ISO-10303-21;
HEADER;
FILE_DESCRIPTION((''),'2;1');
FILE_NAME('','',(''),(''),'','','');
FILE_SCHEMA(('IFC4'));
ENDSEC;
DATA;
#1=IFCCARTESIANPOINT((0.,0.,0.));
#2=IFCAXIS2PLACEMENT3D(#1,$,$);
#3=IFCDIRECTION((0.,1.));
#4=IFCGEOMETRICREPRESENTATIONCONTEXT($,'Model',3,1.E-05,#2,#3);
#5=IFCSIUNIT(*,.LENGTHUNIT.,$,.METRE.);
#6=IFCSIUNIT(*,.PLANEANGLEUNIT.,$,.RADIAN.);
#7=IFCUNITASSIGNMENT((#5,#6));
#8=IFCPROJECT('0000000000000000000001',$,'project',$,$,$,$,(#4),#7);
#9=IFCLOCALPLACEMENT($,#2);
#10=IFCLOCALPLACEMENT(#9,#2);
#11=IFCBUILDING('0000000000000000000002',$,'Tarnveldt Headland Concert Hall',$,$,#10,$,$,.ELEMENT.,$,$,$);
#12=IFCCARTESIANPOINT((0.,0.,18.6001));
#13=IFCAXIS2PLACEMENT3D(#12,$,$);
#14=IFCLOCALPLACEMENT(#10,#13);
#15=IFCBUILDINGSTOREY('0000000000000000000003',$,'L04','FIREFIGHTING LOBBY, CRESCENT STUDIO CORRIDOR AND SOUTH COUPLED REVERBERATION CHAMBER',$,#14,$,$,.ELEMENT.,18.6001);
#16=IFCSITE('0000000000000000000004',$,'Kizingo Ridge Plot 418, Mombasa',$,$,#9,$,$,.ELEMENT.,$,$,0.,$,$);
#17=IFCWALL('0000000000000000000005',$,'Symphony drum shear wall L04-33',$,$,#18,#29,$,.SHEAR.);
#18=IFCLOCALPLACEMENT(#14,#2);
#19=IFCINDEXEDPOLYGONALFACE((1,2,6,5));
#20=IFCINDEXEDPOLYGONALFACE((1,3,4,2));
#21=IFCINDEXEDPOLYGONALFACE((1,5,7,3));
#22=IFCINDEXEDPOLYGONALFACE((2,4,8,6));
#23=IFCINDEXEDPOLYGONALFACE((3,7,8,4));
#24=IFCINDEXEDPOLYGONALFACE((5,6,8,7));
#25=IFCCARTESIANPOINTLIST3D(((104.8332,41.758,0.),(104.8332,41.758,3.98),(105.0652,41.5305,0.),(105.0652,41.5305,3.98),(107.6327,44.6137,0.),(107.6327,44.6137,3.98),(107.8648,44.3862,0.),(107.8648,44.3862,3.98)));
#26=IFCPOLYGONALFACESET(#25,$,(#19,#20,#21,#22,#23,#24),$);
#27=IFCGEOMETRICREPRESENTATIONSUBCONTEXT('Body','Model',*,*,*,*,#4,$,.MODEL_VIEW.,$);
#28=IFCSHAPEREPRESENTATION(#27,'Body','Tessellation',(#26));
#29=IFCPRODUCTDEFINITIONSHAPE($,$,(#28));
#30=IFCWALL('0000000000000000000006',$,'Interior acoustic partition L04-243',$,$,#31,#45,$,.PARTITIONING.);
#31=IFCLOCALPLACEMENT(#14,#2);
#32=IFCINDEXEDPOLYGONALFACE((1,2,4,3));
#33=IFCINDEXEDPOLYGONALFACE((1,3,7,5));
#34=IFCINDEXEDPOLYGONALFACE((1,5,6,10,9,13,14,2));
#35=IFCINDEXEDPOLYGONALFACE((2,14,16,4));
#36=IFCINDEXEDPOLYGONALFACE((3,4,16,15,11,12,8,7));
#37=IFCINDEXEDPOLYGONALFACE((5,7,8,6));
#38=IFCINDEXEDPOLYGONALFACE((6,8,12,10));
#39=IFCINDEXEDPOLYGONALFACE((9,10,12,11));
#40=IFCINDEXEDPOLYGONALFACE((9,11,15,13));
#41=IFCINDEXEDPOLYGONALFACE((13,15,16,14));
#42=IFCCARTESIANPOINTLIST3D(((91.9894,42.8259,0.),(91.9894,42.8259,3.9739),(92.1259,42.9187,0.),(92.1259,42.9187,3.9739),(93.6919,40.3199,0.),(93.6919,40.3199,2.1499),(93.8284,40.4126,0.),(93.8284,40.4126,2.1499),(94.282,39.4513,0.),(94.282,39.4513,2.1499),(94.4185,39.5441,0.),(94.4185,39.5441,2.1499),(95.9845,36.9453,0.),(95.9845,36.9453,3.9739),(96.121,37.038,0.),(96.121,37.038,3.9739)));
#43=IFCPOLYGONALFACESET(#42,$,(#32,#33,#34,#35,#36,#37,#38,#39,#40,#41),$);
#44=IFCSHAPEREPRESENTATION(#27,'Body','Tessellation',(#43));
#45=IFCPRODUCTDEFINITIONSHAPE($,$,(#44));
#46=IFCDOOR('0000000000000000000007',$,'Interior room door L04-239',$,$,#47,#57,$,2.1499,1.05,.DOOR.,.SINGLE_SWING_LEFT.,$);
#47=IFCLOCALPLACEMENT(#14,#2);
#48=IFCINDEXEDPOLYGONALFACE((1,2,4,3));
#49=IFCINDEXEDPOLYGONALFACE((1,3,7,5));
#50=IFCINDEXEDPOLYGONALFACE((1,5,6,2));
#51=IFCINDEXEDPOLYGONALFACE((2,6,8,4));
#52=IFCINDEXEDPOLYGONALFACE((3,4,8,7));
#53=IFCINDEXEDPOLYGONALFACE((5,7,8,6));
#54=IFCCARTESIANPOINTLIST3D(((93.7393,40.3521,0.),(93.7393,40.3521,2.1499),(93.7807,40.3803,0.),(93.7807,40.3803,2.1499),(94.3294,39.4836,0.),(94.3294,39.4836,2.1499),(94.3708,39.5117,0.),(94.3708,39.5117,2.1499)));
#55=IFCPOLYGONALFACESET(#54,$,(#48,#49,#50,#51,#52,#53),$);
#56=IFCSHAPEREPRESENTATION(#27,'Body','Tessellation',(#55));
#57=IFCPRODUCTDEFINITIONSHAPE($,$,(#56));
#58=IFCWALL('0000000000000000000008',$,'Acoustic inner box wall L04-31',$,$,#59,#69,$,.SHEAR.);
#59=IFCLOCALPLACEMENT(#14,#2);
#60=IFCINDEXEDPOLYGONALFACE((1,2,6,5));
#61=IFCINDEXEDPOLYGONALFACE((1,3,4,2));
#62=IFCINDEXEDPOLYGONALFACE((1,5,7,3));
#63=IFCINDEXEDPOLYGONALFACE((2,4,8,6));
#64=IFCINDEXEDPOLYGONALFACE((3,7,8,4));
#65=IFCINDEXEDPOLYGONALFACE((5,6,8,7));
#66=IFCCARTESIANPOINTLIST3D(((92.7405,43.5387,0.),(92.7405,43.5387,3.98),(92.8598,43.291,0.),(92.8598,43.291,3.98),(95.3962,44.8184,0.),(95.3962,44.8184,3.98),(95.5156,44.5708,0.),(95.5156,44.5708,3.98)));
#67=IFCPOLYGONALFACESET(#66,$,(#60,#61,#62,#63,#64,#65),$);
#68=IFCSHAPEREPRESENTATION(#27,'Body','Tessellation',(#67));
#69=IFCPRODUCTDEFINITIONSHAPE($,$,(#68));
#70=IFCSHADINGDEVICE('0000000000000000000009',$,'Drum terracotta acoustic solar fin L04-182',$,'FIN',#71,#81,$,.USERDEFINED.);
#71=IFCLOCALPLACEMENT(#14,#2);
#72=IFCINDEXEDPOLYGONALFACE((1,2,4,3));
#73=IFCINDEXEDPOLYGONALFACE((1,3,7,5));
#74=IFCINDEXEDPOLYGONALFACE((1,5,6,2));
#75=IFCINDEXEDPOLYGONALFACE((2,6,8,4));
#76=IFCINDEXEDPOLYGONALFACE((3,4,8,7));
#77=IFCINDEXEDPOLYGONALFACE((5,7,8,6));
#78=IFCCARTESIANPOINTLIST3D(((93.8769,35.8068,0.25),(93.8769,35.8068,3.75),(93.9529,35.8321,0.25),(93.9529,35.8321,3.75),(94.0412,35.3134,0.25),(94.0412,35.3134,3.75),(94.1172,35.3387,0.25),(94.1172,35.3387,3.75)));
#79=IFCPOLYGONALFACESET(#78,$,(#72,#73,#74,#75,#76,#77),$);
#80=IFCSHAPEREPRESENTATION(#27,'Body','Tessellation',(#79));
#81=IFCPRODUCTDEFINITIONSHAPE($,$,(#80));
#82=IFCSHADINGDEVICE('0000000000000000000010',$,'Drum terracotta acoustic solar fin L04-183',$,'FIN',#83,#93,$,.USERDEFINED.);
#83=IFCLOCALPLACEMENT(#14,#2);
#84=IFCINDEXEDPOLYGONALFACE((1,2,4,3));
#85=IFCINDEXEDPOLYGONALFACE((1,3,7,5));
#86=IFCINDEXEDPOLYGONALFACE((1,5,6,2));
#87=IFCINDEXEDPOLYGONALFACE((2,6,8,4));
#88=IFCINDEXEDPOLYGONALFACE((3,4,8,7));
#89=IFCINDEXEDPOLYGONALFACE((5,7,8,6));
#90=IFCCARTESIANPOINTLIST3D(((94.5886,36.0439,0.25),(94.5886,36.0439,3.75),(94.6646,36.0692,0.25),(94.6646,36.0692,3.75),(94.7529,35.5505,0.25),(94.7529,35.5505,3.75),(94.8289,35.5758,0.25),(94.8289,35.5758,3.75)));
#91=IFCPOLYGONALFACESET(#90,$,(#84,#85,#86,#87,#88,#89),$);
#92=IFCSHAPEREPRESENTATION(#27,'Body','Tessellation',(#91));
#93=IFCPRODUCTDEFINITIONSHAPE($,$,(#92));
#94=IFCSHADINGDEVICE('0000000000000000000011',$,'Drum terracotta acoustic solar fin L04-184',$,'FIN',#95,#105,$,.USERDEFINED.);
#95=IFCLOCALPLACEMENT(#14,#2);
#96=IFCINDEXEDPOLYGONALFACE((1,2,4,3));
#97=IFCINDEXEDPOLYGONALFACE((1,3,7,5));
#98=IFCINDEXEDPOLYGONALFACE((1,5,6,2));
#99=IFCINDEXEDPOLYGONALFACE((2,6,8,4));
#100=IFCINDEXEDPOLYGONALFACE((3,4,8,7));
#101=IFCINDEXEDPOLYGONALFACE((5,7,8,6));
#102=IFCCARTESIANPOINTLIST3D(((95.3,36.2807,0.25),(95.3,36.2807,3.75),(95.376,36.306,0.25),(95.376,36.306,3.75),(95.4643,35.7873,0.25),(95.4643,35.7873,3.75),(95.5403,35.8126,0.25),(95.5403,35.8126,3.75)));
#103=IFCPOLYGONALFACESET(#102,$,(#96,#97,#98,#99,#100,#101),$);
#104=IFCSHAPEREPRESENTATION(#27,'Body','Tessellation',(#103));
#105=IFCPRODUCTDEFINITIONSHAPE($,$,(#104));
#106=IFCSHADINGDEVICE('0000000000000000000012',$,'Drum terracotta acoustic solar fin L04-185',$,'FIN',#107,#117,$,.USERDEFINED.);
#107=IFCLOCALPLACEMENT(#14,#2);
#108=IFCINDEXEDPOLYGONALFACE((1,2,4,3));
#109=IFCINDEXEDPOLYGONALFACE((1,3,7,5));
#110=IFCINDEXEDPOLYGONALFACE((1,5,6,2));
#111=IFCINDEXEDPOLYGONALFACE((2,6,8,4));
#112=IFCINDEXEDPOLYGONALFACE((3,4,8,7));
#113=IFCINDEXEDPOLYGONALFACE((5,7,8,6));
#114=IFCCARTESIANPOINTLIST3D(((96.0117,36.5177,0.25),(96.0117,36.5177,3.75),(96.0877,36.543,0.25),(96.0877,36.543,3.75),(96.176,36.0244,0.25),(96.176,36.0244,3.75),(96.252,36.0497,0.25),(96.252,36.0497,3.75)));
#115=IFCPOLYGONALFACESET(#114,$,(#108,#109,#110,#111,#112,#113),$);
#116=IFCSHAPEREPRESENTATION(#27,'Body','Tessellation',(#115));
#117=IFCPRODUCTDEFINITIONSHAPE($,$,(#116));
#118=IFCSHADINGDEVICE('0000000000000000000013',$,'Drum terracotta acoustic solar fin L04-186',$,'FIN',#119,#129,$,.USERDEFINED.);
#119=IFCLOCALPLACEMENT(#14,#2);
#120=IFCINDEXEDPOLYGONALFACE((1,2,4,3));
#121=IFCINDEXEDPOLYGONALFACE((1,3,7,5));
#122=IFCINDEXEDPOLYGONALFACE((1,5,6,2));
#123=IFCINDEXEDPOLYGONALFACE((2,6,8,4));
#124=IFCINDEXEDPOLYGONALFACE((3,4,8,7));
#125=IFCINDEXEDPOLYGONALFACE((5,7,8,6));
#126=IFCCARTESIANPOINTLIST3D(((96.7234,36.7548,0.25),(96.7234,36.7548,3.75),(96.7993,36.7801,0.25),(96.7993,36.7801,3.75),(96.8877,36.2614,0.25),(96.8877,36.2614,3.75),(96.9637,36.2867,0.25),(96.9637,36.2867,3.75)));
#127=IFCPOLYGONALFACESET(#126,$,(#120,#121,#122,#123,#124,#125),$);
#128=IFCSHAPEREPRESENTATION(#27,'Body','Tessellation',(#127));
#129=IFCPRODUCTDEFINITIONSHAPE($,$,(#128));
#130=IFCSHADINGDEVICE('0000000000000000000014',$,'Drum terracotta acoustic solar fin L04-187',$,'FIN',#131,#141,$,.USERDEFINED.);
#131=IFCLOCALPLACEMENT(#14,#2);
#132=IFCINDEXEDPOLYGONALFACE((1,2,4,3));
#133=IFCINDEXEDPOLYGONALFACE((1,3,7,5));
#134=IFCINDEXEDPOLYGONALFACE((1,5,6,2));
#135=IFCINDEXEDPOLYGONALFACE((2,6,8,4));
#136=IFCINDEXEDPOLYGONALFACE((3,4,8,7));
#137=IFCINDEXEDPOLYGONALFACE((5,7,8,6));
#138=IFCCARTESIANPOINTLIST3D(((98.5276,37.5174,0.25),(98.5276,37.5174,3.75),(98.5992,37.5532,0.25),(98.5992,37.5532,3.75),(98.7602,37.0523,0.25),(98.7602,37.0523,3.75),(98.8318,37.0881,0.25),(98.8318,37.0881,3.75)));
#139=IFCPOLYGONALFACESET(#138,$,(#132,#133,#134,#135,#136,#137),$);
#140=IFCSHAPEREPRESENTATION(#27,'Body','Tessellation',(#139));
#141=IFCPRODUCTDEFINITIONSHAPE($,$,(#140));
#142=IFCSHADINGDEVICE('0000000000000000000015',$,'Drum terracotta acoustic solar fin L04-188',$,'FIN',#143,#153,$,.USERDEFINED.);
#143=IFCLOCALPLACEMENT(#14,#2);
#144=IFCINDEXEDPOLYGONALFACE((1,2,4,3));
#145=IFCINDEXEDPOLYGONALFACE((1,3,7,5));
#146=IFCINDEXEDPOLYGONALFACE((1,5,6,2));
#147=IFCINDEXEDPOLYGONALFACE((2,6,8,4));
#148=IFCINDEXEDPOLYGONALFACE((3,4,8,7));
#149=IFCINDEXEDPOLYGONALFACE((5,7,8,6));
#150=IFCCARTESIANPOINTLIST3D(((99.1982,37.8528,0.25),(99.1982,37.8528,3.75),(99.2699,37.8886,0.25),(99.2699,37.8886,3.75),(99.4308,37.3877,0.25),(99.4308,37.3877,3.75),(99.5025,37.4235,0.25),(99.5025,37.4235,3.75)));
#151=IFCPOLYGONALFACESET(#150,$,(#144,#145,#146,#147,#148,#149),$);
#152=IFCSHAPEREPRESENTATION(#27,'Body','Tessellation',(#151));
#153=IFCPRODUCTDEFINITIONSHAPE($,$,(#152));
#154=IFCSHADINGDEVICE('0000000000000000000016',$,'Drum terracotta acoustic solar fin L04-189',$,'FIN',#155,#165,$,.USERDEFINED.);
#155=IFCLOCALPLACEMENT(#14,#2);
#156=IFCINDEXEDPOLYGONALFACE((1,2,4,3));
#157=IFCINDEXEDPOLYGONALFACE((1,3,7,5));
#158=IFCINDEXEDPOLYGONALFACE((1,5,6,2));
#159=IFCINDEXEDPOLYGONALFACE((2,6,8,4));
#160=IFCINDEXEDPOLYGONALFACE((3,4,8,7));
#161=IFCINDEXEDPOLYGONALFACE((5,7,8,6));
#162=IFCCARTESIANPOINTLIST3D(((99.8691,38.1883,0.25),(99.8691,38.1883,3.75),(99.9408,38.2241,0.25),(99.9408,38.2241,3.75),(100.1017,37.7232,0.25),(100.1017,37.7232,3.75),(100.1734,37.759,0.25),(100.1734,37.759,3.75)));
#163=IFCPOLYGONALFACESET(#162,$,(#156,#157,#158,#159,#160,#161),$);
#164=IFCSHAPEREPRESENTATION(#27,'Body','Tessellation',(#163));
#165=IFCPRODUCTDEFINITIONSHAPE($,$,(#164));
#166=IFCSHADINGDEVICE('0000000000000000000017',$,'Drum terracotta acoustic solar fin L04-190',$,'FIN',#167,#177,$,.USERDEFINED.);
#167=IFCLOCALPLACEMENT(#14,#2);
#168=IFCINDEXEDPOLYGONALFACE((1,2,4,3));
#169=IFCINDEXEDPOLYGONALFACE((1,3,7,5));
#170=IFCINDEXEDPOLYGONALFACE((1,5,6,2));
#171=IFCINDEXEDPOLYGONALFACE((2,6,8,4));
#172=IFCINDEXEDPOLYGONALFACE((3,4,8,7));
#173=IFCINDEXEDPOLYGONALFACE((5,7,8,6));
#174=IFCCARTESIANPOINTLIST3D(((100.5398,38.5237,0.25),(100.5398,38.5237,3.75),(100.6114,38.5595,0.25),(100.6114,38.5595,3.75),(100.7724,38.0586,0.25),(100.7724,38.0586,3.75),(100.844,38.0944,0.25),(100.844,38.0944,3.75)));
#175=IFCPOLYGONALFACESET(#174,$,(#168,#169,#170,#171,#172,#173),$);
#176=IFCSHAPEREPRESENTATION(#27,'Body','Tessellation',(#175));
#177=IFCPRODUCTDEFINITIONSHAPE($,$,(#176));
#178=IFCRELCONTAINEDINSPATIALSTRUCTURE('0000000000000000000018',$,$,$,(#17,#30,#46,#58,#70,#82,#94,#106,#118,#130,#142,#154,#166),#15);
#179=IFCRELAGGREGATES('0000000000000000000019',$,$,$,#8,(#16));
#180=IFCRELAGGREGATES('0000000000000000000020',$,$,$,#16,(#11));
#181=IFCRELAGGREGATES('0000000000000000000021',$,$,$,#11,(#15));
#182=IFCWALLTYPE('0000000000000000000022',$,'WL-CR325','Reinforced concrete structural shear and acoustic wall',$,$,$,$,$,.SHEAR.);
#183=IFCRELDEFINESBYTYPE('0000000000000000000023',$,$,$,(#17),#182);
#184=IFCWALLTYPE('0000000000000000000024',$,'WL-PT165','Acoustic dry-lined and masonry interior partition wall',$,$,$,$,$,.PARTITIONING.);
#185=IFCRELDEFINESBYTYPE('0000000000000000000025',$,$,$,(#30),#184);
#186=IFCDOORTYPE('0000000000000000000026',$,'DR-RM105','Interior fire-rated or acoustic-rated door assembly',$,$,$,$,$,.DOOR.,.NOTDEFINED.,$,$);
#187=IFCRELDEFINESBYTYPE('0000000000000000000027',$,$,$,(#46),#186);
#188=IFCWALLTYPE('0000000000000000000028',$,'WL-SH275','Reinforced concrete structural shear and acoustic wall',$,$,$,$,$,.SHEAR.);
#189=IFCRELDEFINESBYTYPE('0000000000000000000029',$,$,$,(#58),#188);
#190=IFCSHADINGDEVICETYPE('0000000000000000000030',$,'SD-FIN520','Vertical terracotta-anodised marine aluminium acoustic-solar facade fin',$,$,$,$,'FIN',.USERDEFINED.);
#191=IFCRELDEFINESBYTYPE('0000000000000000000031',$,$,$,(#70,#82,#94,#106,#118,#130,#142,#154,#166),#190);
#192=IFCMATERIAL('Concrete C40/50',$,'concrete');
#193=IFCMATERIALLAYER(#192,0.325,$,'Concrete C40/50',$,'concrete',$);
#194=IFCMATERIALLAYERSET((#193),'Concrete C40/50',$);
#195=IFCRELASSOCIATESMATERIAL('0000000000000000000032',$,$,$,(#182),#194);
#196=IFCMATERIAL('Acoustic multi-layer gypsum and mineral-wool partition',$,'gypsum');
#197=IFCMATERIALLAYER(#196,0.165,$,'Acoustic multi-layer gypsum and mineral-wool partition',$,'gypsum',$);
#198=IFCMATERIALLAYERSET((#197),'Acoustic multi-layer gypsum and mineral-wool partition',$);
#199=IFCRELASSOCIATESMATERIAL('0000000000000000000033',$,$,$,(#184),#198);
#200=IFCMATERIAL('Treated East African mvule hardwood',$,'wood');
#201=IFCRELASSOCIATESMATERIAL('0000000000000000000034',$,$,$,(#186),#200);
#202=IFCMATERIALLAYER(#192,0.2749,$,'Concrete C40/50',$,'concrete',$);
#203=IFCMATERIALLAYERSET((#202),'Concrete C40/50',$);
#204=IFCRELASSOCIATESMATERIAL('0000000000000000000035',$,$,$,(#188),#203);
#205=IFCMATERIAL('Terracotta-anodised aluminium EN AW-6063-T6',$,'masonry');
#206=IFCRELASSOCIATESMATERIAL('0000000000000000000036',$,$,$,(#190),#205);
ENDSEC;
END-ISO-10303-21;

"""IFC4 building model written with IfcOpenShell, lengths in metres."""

from ifc_helpers import new_model, si_unit, direction, frame, frame_2d, origin, origin_2d, place, context, subcontext, project, spatial, rectangle, extrude, material, layer, layer_set, type_object, element, fill, save


model = new_model("IFC4")

# Units and contexts
model_context = context("Model", 3, precision=1e-05, world=origin(), true_north=direction((0.0, 1.0)))
body_context = subcontext(model_context, "Body", "Model", "MODEL_VIEW")
ifc_project = project(units=[si_unit("LENGTHUNIT", "METRE"), si_unit("PLANEANGLEUNIT", "RADIAN")], contexts=[model_context])

# Site, building, storey
site_placement = place(None, origin())
site = spatial("IfcSite", under=ifc_project, at=site_placement, Name="Kizingo Ridge Plot 418, Mombasa", CompositionType="ELEMENT", RefElevation=0.0)
building_placement = place(site_placement, origin())
building = spatial("IfcBuilding", under=site, at=building_placement, Name="Tarnveldt Headland Concert Hall", CompositionType="ELEMENT")
storey_placement = place(building_placement, frame((0.0, 0.0, 18.6001)))
storey = spatial("IfcBuildingStorey", under=building, at=storey_placement, Name="L04", Description="FIREFIGHTING LOBBY, CRESCENT STUDIO CORRIDOR AND SOUTH COUPLED REVERBERATION CHAMBER", CompositionType="ELEMENT", Elevation=18.6001)

# Shared definitions
ifc_material_1 = material(Name="Concrete C40/50", Category="concrete")

# Shared definitions
ifc_layer_1 = layer(ifc_material_1, 0.325, Name="Concrete C40/50", Category="concrete")
ifc_layer_set_1 = layer_set([ifc_layer_1], Name="Concrete C40/50")
wall_type_1 = type_object("IfcWallType", Name="WL-CR325", Description="Reinforced concrete structural shear and acoustic wall", PredefinedType="SHEAR", material=ifc_layer_set_1)

# Wall
wall_1_placement = place(storey_placement, frame((104.9492, 41.6443, 0.0), z_axis=(0.0, 0.0, 1.0), x_axis=(0.700051, 0.714093, 0.0)))
element("IfcWall", 1, at=wall_1_placement, inside=storey, type_object=wall_type_1, Name="Symphony drum shear wall L04-33", PredefinedType="SHEAR", context=body_context, shape_type="SweptSolid", body=[
    extrude(rectangle(XDim=3.999, YDim=0.325, at=frame_2d((1.9995, 0.0))), origin(), (0.0, 0.0, 1.0), 3.98),
])

# Wall, opening, door
ifc_material_2 = material(Name="Acoustic multi-layer gypsum and mineral-wool partition", Category="gypsum")
ifc_layer_2 = layer(ifc_material_2, 0.165, Name="Acoustic multi-layer gypsum and mineral-wool partition", Category="gypsum")
ifc_layer_set_2 = layer_set([ifc_layer_2], Name="Acoustic multi-layer gypsum and mineral-wool partition")
wall_type_2 = type_object("IfcWallType", Name="WL-PT165", Description="Acoustic dry-lined and masonry interior partition wall", PredefinedType="PARTITIONING", material=ifc_layer_set_2)
wall_2_placement = place(storey_placement, frame((92.0576, 42.8723, 0.0), z_axis=(0.0, 0.0, 1.0), x_axis=(0.561954, -0.827169, 0.0)))
wall_2 = element("IfcWall", 2, at=wall_2_placement, inside=storey, type_object=wall_type_2, Name="Interior acoustic partition L04-243", PredefinedType="PARTITIONING", context=body_context, shape_type="SweptSolid", body=[
    extrude(rectangle(XDim=7.1094, YDim=0.165, at=frame_2d((3.5547, 0.0))), origin(), (0.0, 0.0, 1.0), 3.9739),
])
opening_1_placement = place(wall_2_placement, frame((3.0298, 0.0, 0.0)))
opening_1 = element("IfcOpeningElement", 3, at=opening_1_placement, cuts=wall_2, PredefinedType="OPENING", context=body_context, shape_type="SweptSolid", body=[
    extrude(rectangle(XDim=1.05, YDim=2.1499, at=frame_2d((0.5249, 1.075))), frame((0.0, 0.0925, 0.0), z_axis=(0.0, -1.0, 0.0), x_axis=(1.0, 0.0, 0.0)), (0.0, 0.0, 1.0), 0.1851),
])
ifc_material_3 = material(Name="Treated East African mvule hardwood", Category="wood")
door_type = type_object("IfcDoorType", Name="DR-RM105", Description="Interior fire-rated or acoustic-rated door assembly", OperationType="NOTDEFINED", PredefinedType="DOOR", material=ifc_material_3)
door_placement = place(opening_1_placement, origin())
door = element("IfcDoor", 4, at=door_placement, inside=storey, type_object=door_type, Name="Interior room door L04-239", OperationType="SINGLE_SWING_LEFT", OverallHeight=2.1499, OverallWidth=1.05, PredefinedType="DOOR", context=body_context, shape_type="SweptSolid", body=[
    extrude(rectangle(XDim=1.05, YDim=2.1499, at=frame_2d((0.5249, 1.075))), frame((0.0, 0.0249, 0.0), z_axis=(0.0, -1.0, 0.0), x_axis=(1.0, 0.0, 0.0)), (0.0, 0.0, 1.0), 0.05),
])
fill(opening_1, door)

# Wall
ifc_layer_3 = layer(ifc_material_1, 0.2749, Name="Concrete C40/50", Category="concrete")
ifc_layer_set_3 = layer_set([ifc_layer_3], Name="Concrete C40/50")
wall_type_3 = type_object("IfcWallType", Name="WL-SH275", Description="Reinforced concrete structural shear and acoustic wall", PredefinedType="SHEAR", material=ifc_layer_set_3)
wall_3_placement = place(storey_placement, frame((92.8, 43.4148, 0.0), z_axis=(0.0, 0.0, 1.0), x_axis=(0.900858, 0.434114, 0.0)))
element("IfcWall", 5, at=wall_3_placement, inside=storey, type_object=wall_type_3, Name="Acoustic inner box wall L04-31", PredefinedType="SHEAR", context=body_context, shape_type="SweptSolid", body=[
    extrude(rectangle(XDim=2.948, YDim=0.2749, at=frame_2d((1.4741, 0.0))), origin(), (0.0, 0.0, 1.0), 3.98),
])

# Shading devices
ifc_material_4 = material(Name="Terracotta-anodised aluminium EN AW-6063-T6", Category="masonry")
shading_device_type = type_object("IfcShadingDeviceType", Name="SD-FIN520", Description="Vertical terracotta-anodised marine aluminium acoustic-solar facade fin", ElementType="FIN", PredefinedType="USERDEFINED", material=ifc_material_4)
for number, where, z_axis, x_axis, name in (
    (6, (93.9971, 35.5728, 0.25), (0.0, 0.0, 1.0), (0.31598, -0.948766, 0.0), "Drum terracotta acoustic solar fin L04-182"),
    (7, (94.7087, 35.8098, 0.25), (0.0, 0.0, 1.0), (0.31598, -0.948766, 0.0), "Drum terracotta acoustic solar fin L04-183"),
    (8, (95.4202, 36.0466, 0.25), (0.0, 0.0, 1.0), (0.31598, -0.948766, 0.0), "Drum terracotta acoustic solar fin L04-184"),
    (9, (96.1318, 36.2837, 0.25), (0.0, 0.0, 1.0), (0.31598, -0.948766, 0.0), "Drum terracotta acoustic solar fin L04-185"),
    (10, (96.8435, 36.5208, 0.25), (0.0, 0.0, 1.0), (0.31598, -0.948766, 0.0), "Drum terracotta acoustic solar fin L04-186"),
    (11, (98.6797, 37.3027, 0.25), (0.0, 0.0, 1.0), (0.447291, -0.894389, 0.0), "Drum terracotta acoustic solar fin L04-187"),
    (12, (99.3503, 37.6382, 0.25), (0.0, 0.0, 1.0), (0.447291, -0.894389, 0.0), "Drum terracotta acoustic solar fin L04-188"),
    (13, (100.0212, 37.9736, 0.25), (0.0, 0.0, 1.0), (0.447291, -0.894389, 0.0), "Drum terracotta acoustic solar fin L04-189"),
    (14, (100.6919, 38.3091, 0.25), (0.0, 0.0, 1.0), (0.447291, -0.894389, 0.0), "Drum terracotta acoustic solar fin L04-190"),
):
    element("IfcShadingDevice", number, at=place(storey_placement, frame(where, z_axis=z_axis, x_axis=x_axis)), inside=storey, type_object=shading_device_type, Name=name, ObjectType="FIN", PredefinedType="USERDEFINED", context=body_context, shape_type="SweptSolid", body=[
        extrude(rectangle(XDim=0.52, YDim=0.0801, at=origin_2d()), origin(), (0.0, 0.0, 1.0), 3.5),
    ])

save(model, "model.ifc")
